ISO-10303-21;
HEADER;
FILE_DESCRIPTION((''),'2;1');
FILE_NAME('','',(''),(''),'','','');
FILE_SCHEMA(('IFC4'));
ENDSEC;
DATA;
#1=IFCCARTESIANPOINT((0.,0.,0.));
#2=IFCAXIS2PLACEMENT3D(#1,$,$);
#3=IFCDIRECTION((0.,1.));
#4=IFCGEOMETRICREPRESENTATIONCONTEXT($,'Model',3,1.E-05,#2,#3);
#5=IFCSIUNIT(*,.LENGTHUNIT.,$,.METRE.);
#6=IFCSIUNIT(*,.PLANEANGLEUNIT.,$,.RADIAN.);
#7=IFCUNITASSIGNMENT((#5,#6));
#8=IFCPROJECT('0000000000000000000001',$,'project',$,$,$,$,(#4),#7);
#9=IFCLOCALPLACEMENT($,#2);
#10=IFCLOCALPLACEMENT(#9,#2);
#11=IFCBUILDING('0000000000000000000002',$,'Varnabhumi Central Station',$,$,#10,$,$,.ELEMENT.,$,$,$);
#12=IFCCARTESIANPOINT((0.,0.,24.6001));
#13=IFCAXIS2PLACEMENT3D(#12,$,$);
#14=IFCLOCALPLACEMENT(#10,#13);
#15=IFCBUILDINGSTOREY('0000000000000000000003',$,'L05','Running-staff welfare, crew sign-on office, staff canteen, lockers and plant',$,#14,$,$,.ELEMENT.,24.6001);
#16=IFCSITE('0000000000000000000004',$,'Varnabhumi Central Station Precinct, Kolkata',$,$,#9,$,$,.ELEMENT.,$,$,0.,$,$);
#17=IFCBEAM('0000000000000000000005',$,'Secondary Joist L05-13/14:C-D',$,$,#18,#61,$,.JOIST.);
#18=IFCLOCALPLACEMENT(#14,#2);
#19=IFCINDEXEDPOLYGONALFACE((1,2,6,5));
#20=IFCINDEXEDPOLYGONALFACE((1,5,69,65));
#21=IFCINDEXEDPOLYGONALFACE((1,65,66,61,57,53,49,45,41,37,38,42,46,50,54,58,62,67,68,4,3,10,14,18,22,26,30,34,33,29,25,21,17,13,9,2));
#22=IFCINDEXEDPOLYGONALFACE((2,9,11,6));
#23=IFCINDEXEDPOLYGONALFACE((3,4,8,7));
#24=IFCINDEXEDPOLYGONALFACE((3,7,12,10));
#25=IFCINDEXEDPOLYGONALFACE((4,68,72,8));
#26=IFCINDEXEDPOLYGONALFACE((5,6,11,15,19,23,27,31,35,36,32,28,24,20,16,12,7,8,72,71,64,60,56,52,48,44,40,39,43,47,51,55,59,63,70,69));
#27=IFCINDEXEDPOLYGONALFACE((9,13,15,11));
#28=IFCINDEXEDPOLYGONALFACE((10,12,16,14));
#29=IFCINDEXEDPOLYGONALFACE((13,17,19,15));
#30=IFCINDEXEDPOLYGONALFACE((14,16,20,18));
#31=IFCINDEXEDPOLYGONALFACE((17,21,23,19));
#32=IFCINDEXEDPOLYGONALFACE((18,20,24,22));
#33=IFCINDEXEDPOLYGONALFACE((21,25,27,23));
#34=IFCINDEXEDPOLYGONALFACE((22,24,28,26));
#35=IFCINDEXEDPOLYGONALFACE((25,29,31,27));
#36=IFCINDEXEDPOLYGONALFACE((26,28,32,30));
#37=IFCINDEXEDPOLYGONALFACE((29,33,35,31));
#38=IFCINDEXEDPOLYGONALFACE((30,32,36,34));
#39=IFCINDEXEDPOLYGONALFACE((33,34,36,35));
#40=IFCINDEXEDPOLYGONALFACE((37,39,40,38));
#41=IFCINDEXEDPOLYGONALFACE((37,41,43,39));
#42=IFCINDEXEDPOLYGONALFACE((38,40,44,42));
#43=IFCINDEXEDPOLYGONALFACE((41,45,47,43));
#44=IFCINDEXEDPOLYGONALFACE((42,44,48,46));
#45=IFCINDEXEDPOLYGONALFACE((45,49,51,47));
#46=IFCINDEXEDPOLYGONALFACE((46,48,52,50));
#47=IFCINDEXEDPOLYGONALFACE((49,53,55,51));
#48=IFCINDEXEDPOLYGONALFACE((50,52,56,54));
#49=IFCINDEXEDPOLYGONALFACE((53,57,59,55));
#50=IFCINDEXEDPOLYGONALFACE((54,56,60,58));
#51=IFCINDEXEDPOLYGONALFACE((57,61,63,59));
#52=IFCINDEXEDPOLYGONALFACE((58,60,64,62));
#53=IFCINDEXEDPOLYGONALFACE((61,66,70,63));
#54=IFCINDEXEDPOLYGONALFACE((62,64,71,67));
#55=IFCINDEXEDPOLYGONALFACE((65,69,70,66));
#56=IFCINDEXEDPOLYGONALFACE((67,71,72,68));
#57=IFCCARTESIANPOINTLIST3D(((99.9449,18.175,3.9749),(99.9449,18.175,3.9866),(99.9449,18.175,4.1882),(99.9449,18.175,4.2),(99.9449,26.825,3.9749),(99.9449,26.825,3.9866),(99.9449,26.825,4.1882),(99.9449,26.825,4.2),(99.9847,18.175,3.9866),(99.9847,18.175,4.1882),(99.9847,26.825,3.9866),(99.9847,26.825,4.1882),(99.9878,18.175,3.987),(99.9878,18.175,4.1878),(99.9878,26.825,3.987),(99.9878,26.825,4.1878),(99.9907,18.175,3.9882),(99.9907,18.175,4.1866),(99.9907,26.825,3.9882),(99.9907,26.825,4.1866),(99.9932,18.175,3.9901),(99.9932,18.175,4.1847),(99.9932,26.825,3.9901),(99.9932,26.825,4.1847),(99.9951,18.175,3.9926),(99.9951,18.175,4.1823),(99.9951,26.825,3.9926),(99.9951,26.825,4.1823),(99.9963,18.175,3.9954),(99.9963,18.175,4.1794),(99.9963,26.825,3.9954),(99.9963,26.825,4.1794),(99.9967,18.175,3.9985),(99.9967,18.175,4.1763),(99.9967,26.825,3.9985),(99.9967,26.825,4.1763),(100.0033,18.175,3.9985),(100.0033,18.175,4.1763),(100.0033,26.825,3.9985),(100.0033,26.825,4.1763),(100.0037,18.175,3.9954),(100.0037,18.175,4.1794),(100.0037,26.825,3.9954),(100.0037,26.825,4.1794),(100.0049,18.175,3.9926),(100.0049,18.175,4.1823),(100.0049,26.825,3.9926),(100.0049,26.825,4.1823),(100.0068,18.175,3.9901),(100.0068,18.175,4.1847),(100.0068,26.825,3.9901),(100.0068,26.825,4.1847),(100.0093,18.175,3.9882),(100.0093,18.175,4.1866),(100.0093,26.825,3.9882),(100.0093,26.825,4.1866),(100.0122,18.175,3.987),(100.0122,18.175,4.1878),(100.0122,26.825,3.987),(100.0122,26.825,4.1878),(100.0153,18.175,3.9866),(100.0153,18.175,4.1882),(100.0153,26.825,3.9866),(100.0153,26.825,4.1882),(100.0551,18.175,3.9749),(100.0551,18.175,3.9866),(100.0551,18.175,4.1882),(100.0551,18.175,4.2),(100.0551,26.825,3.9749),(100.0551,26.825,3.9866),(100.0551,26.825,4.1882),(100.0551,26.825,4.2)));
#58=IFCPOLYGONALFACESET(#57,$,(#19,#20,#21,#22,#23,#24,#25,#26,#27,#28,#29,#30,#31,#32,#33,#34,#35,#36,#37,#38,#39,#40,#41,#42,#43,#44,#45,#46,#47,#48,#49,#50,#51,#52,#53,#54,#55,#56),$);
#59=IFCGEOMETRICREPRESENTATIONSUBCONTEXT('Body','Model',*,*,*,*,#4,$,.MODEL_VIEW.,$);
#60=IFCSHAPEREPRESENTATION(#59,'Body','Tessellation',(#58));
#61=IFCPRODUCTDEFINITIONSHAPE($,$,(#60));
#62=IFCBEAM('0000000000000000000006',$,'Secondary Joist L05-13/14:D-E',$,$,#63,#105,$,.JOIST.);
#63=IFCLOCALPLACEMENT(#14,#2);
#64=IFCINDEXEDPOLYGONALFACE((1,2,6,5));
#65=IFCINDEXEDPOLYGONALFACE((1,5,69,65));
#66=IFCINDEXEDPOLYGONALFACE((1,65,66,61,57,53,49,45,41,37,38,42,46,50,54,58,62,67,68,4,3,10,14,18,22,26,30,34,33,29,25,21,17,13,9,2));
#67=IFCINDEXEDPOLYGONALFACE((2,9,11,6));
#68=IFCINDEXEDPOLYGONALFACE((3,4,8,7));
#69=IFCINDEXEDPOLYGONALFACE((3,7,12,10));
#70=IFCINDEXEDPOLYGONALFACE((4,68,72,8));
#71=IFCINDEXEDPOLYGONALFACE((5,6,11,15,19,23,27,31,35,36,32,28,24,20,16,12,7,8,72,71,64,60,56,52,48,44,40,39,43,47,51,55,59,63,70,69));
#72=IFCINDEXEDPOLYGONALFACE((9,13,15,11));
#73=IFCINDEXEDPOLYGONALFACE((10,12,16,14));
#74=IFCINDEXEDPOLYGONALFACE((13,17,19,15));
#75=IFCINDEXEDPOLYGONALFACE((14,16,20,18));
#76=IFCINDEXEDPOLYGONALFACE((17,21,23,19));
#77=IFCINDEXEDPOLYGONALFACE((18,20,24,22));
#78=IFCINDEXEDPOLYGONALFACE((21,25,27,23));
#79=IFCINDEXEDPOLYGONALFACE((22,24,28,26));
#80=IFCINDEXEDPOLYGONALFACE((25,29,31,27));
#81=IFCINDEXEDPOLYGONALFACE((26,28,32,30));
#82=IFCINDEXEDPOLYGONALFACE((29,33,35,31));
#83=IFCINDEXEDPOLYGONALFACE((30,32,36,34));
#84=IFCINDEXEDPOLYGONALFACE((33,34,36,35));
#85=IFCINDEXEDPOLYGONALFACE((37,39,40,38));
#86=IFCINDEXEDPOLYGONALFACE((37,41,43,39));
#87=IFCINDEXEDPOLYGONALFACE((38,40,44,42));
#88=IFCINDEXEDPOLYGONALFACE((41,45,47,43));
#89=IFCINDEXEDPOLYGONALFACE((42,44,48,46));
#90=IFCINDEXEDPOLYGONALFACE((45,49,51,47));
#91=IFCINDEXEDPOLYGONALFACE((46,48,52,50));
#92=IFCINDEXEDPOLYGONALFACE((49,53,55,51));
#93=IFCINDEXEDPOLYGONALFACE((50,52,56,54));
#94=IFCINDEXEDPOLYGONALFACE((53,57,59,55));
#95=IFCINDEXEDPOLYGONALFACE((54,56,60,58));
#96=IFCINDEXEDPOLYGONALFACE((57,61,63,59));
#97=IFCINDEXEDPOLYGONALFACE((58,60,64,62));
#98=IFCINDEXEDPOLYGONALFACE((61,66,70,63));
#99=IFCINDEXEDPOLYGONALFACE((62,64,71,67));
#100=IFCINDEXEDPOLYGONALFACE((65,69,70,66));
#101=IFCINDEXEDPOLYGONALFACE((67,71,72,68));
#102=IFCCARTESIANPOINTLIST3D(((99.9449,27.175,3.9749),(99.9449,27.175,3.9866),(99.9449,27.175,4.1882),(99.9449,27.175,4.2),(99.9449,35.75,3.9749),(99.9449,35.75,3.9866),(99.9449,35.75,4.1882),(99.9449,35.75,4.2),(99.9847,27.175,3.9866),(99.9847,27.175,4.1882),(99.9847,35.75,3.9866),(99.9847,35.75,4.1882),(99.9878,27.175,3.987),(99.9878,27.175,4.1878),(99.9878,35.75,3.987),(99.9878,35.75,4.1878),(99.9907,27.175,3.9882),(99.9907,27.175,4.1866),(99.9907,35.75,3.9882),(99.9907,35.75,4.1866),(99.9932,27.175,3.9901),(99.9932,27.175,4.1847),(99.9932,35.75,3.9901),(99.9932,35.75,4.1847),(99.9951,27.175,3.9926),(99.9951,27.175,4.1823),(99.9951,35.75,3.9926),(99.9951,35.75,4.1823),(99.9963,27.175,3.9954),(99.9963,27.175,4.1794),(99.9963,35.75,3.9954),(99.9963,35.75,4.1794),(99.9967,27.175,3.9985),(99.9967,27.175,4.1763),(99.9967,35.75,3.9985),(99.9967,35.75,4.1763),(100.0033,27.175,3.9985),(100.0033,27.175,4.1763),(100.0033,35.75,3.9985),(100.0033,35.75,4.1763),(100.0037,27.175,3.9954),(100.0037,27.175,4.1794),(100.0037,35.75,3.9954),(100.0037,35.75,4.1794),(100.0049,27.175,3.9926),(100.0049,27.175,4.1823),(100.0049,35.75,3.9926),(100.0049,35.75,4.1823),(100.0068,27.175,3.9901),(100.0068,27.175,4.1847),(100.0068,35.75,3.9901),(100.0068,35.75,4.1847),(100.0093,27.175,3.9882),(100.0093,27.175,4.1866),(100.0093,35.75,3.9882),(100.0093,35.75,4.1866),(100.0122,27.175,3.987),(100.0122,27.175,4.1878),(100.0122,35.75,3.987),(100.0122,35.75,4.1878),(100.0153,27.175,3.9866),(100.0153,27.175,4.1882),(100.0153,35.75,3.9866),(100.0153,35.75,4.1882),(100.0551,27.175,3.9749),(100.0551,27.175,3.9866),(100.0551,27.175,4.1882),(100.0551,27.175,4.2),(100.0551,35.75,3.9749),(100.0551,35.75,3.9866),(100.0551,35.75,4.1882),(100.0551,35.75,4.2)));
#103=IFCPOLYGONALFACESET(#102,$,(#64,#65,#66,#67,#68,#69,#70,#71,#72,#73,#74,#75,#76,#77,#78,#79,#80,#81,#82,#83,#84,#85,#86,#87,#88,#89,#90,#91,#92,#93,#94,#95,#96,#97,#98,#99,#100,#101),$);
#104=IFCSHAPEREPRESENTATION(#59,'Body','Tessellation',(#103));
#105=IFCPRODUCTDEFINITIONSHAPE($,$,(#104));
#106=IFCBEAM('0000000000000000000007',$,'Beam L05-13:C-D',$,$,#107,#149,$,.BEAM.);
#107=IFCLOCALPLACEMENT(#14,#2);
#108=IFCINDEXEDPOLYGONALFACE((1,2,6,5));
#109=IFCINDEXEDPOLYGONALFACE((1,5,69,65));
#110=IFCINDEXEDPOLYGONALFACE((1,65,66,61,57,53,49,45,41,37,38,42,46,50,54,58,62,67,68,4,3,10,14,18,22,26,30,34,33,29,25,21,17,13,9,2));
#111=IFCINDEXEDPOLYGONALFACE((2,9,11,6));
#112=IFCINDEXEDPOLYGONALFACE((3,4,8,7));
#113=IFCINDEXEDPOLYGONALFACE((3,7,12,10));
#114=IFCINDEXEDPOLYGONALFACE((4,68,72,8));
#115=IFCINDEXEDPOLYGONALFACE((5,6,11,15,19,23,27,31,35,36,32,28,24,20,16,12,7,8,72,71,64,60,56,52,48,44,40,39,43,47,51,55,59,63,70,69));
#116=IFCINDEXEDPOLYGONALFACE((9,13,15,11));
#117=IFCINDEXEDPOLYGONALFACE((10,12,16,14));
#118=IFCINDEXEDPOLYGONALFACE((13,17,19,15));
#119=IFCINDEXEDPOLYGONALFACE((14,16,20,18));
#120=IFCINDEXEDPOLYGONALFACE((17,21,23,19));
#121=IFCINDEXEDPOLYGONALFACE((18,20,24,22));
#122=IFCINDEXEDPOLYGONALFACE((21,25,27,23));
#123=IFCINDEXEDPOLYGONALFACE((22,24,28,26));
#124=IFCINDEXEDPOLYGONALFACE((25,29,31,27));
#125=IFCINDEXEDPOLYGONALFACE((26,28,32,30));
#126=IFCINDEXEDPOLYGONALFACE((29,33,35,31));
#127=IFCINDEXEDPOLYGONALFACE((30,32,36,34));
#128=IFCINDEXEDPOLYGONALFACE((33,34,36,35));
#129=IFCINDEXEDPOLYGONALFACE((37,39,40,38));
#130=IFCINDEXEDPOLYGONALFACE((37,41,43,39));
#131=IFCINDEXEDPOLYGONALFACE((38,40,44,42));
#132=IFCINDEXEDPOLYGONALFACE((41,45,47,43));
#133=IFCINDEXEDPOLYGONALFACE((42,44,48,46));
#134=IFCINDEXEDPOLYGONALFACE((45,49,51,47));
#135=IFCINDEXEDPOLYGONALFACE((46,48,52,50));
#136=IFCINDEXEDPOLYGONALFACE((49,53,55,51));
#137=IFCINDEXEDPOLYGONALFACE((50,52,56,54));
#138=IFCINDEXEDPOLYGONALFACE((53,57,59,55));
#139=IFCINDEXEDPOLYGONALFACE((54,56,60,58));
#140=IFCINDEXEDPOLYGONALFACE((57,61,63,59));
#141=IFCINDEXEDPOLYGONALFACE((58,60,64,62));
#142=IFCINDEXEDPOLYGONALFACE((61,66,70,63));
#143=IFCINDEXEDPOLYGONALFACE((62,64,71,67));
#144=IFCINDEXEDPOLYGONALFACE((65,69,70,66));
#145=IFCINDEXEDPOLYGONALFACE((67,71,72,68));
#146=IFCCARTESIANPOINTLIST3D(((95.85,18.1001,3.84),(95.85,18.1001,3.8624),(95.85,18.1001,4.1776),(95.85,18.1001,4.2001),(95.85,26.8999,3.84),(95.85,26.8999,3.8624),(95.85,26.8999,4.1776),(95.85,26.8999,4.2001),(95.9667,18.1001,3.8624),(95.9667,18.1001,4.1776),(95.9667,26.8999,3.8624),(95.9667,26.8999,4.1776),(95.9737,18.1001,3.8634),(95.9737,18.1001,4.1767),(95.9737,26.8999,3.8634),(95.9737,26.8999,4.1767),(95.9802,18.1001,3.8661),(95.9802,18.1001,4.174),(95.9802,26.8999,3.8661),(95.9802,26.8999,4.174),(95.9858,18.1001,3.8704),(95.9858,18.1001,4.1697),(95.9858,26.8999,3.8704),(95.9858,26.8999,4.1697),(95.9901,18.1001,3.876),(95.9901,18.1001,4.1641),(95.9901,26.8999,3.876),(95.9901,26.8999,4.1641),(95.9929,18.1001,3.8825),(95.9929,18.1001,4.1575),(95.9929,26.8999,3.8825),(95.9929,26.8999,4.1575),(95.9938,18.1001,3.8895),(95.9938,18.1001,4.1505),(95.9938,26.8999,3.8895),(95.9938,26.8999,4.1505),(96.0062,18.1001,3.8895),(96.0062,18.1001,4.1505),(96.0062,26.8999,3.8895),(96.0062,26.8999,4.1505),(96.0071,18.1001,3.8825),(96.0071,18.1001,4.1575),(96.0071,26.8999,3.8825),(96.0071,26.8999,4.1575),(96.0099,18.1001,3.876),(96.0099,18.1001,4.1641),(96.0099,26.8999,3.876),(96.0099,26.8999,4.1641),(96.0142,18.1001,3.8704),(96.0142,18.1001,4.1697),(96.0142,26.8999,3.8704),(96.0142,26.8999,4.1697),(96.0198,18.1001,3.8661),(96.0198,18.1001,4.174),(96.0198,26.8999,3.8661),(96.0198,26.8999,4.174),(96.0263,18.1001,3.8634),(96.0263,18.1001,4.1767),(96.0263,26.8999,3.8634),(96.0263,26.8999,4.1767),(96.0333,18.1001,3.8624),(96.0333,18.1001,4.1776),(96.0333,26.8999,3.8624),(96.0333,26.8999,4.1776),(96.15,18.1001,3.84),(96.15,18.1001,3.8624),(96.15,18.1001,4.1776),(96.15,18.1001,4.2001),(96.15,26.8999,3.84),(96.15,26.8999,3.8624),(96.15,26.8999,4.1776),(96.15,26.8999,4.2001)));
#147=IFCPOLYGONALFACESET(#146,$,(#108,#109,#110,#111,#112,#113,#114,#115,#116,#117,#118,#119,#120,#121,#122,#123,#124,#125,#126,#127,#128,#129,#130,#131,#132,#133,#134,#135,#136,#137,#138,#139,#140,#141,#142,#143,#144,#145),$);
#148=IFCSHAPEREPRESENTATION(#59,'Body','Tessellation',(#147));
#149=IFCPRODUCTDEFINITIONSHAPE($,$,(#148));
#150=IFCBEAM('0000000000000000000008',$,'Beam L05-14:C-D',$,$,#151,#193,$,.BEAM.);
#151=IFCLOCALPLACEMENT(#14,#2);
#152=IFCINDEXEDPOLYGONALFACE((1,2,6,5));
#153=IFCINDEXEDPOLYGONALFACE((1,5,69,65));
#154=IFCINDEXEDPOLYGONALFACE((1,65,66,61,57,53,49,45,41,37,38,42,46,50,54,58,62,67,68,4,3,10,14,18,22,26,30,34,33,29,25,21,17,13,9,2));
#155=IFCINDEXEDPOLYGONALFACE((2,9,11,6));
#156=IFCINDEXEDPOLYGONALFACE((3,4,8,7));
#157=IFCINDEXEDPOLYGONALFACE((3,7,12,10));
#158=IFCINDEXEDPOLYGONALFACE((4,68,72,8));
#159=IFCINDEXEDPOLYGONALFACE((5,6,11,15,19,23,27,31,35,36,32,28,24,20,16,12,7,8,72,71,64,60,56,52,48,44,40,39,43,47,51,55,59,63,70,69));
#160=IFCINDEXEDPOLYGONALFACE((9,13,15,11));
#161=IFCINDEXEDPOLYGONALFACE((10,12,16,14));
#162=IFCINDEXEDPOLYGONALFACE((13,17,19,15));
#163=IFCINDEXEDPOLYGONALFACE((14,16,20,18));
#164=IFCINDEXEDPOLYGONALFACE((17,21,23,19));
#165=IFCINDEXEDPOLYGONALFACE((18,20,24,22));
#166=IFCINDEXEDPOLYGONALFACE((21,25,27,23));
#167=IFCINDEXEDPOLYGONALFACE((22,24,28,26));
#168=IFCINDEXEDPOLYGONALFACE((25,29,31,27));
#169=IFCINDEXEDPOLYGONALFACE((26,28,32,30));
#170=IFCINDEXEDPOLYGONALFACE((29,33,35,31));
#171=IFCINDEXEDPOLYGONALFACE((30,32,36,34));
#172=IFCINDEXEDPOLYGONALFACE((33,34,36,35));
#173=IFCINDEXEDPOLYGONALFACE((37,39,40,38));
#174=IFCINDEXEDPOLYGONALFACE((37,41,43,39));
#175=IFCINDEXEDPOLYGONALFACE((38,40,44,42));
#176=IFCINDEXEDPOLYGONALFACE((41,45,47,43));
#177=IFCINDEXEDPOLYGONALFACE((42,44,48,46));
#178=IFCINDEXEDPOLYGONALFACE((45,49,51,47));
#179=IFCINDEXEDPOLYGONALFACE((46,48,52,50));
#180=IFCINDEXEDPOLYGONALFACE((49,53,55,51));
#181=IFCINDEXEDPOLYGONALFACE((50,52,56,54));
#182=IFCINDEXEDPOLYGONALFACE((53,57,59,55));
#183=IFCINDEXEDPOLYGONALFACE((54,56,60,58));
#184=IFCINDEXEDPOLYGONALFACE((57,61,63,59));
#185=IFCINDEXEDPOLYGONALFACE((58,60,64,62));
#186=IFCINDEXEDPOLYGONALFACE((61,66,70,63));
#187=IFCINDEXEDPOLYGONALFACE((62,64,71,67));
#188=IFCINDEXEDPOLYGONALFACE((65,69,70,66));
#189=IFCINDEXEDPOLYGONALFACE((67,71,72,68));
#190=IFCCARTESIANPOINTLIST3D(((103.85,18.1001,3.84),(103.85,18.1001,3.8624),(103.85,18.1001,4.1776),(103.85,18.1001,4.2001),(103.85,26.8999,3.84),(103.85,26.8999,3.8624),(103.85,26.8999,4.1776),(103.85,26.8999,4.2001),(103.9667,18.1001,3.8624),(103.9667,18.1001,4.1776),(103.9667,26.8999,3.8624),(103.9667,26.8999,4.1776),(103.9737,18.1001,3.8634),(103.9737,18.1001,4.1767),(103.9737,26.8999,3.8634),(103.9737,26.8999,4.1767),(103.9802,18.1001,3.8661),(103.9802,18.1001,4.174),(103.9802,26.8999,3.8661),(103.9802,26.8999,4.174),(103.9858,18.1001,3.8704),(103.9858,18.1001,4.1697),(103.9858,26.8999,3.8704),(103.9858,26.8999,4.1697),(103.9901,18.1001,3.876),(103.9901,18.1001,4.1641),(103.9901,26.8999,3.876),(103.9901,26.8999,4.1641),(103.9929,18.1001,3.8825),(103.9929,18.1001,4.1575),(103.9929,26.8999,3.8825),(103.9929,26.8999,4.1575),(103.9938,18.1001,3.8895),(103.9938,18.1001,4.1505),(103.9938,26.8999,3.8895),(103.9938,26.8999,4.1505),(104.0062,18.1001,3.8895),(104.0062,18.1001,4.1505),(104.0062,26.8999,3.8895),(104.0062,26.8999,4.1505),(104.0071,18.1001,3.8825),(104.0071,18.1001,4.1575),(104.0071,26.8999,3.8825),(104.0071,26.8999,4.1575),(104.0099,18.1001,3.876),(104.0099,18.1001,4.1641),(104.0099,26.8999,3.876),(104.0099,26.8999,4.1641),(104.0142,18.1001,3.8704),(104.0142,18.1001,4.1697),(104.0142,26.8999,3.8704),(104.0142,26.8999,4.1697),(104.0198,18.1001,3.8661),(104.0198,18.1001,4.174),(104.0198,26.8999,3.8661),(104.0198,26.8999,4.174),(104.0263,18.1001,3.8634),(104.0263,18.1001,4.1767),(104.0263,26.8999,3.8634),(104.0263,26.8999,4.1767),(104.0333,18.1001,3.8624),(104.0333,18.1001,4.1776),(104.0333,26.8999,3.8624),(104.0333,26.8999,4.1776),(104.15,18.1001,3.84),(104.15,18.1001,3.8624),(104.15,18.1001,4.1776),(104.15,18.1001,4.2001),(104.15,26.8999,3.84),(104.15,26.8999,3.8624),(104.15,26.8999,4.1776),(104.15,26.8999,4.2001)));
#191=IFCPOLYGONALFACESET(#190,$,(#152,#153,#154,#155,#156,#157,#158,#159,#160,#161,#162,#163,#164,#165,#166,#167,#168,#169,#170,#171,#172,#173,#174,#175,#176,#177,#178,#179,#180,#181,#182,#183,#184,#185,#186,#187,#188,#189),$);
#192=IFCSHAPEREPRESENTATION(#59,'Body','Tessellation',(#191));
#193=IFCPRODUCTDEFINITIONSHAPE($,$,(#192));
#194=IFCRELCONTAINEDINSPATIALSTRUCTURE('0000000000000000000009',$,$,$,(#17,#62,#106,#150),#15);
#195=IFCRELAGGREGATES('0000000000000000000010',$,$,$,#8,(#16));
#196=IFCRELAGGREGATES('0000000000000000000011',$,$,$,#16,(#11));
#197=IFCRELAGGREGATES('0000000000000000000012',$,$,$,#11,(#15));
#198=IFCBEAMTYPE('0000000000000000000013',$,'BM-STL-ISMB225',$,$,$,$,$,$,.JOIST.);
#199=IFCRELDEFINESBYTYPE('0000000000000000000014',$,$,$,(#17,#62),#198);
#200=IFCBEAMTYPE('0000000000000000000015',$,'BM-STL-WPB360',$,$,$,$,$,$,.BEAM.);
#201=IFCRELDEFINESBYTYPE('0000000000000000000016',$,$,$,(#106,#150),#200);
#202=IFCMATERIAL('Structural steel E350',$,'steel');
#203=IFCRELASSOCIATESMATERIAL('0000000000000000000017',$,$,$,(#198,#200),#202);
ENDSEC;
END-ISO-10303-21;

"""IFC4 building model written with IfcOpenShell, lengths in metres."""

from ifc_helpers import new_model, si_unit, direction, frame, origin, origin_2d, place, context, subcontext, project, spatial, i_section, extrude, material, material_profile, profile_set, type_object, element, save


model = new_model("IFC4")

# Units and contexts
model_context = context("Model", 3, precision=1e-05, world=origin(), true_north=direction((0.0, 1.0)))
body_context = subcontext(model_context, "Body", "Model", "MODEL_VIEW")
ifc_project = project(units=[si_unit("LENGTHUNIT", "METRE"), si_unit("PLANEANGLEUNIT", "RADIAN")], contexts=[model_context])

# Site, building, storey
site_placement = place(None, origin())
site = spatial("IfcSite", under=ifc_project, at=site_placement, Name="Varnabhumi Central Station Precinct, Kolkata", CompositionType="ELEMENT", RefElevation=0.0)
building_placement = place(site_placement, origin())
building = spatial("IfcBuilding", under=site, at=building_placement, Name="Varnabhumi Central Station", CompositionType="ELEMENT")
storey_placement = place(building_placement, frame((0.0, 0.0, 24.6001)))
storey = spatial("IfcBuildingStorey", under=building, at=storey_placement, Name="L05", Description="Running-staff welfare, crew sign-on office, staff canteen, lockers and plant", CompositionType="ELEMENT", Elevation=24.6001)

# Shared definitions
ifc_material_1 = material(Name="Structural steel E350", Category="steel")

# Beams
ifc_material_profile_1 = material_profile(ifc_material_1, i_section(OverallWidth=0.1101, OverallDepth=0.2251, WebThickness=0.0066, FlangeThickness=0.0117, FilletRadius=0.012, at=origin_2d()), Name="Structural steel E350", Category="steel")
ifc_profile_set_1 = profile_set([ifc_material_profile_1], Name="Structural steel E350")
beam_type_1 = type_object("IfcBeamType", Name="BM-STL-ISMB225", PredefinedType="JOIST", material=ifc_profile_set_1)
beam_1_placement = place(storey_placement, frame((100.0, 18.175, 4.0874), z_axis=(0.0, 1.0, 0.0), x_axis=(-1.0, 0.0, 0.0)))
element("IfcBeam", 1, at=beam_1_placement, inside=storey, type_object=beam_type_1, Name="Secondary Joist L05-13/14:C-D", PredefinedType="JOIST", context=body_context, shape_type="SweptSolid", body=[
    extrude(i_section(OverallWidth=0.1101, OverallDepth=0.2251, WebThickness=0.0066, FlangeThickness=0.0117, FilletRadius=0.012, at=origin_2d()), origin(), (0.0, 0.0, 1.0), 8.6499),
])
beam_2_placement = place(storey_placement, frame((100.0, 27.175, 4.0874), z_axis=(0.0, 1.0, 0.0), x_axis=(-1.0, 0.0, 0.0)))
element("IfcBeam", 2, at=beam_2_placement, inside=storey, type_object=beam_type_1, Name="Secondary Joist L05-13/14:D-E", PredefinedType="JOIST", context=body_context, shape_type="SweptSolid", body=[
    extrude(i_section(OverallWidth=0.1101, OverallDepth=0.2251, WebThickness=0.0066, FlangeThickness=0.0117, FilletRadius=0.012, at=origin_2d()), origin(), (0.0, 0.0, 1.0), 8.575),
])
ifc_material_profile_2 = material_profile(ifc_material_1, i_section(OverallWidth=0.3, OverallDepth=0.3601, WebThickness=0.0125, FlangeThickness=0.0225, FilletRadius=0.0271, at=origin_2d()), Name="Structural steel E350", Category="steel")
ifc_profile_set_2 = profile_set([ifc_material_profile_2], Name="Structural steel E350")
beam_type_2 = type_object("IfcBeamType", Name="BM-STL-WPB360", PredefinedType="BEAM", material=ifc_profile_set_2)
for number, where, z_axis, x_axis, name in (
    (3, (96.0, 18.1001, 4.02), (0.0, 1.0, 0.0), (-1.0, 0.0, 0.0), "Beam L05-13:C-D"),
    (4, (104.0, 18.1001, 4.02), (0.0, 1.0, 0.0), (-1.0, 0.0, 0.0), "Beam L05-14:C-D"),
):
    element("IfcBeam", number, at=place(storey_placement, frame(where, z_axis=z_axis, x_axis=x_axis)), inside=storey, type_object=beam_type_2, Name=name, PredefinedType="BEAM", context=body_context, shape_type="SweptSolid", body=[
        extrude(i_section(OverallWidth=0.3, OverallDepth=0.3601, WebThickness=0.0125, FlangeThickness=0.0225, FilletRadius=0.0271, at=origin_2d()), origin(), (0.0, 0.0, 1.0), 8.7998),
    ])

save(model, "model.ifc")
